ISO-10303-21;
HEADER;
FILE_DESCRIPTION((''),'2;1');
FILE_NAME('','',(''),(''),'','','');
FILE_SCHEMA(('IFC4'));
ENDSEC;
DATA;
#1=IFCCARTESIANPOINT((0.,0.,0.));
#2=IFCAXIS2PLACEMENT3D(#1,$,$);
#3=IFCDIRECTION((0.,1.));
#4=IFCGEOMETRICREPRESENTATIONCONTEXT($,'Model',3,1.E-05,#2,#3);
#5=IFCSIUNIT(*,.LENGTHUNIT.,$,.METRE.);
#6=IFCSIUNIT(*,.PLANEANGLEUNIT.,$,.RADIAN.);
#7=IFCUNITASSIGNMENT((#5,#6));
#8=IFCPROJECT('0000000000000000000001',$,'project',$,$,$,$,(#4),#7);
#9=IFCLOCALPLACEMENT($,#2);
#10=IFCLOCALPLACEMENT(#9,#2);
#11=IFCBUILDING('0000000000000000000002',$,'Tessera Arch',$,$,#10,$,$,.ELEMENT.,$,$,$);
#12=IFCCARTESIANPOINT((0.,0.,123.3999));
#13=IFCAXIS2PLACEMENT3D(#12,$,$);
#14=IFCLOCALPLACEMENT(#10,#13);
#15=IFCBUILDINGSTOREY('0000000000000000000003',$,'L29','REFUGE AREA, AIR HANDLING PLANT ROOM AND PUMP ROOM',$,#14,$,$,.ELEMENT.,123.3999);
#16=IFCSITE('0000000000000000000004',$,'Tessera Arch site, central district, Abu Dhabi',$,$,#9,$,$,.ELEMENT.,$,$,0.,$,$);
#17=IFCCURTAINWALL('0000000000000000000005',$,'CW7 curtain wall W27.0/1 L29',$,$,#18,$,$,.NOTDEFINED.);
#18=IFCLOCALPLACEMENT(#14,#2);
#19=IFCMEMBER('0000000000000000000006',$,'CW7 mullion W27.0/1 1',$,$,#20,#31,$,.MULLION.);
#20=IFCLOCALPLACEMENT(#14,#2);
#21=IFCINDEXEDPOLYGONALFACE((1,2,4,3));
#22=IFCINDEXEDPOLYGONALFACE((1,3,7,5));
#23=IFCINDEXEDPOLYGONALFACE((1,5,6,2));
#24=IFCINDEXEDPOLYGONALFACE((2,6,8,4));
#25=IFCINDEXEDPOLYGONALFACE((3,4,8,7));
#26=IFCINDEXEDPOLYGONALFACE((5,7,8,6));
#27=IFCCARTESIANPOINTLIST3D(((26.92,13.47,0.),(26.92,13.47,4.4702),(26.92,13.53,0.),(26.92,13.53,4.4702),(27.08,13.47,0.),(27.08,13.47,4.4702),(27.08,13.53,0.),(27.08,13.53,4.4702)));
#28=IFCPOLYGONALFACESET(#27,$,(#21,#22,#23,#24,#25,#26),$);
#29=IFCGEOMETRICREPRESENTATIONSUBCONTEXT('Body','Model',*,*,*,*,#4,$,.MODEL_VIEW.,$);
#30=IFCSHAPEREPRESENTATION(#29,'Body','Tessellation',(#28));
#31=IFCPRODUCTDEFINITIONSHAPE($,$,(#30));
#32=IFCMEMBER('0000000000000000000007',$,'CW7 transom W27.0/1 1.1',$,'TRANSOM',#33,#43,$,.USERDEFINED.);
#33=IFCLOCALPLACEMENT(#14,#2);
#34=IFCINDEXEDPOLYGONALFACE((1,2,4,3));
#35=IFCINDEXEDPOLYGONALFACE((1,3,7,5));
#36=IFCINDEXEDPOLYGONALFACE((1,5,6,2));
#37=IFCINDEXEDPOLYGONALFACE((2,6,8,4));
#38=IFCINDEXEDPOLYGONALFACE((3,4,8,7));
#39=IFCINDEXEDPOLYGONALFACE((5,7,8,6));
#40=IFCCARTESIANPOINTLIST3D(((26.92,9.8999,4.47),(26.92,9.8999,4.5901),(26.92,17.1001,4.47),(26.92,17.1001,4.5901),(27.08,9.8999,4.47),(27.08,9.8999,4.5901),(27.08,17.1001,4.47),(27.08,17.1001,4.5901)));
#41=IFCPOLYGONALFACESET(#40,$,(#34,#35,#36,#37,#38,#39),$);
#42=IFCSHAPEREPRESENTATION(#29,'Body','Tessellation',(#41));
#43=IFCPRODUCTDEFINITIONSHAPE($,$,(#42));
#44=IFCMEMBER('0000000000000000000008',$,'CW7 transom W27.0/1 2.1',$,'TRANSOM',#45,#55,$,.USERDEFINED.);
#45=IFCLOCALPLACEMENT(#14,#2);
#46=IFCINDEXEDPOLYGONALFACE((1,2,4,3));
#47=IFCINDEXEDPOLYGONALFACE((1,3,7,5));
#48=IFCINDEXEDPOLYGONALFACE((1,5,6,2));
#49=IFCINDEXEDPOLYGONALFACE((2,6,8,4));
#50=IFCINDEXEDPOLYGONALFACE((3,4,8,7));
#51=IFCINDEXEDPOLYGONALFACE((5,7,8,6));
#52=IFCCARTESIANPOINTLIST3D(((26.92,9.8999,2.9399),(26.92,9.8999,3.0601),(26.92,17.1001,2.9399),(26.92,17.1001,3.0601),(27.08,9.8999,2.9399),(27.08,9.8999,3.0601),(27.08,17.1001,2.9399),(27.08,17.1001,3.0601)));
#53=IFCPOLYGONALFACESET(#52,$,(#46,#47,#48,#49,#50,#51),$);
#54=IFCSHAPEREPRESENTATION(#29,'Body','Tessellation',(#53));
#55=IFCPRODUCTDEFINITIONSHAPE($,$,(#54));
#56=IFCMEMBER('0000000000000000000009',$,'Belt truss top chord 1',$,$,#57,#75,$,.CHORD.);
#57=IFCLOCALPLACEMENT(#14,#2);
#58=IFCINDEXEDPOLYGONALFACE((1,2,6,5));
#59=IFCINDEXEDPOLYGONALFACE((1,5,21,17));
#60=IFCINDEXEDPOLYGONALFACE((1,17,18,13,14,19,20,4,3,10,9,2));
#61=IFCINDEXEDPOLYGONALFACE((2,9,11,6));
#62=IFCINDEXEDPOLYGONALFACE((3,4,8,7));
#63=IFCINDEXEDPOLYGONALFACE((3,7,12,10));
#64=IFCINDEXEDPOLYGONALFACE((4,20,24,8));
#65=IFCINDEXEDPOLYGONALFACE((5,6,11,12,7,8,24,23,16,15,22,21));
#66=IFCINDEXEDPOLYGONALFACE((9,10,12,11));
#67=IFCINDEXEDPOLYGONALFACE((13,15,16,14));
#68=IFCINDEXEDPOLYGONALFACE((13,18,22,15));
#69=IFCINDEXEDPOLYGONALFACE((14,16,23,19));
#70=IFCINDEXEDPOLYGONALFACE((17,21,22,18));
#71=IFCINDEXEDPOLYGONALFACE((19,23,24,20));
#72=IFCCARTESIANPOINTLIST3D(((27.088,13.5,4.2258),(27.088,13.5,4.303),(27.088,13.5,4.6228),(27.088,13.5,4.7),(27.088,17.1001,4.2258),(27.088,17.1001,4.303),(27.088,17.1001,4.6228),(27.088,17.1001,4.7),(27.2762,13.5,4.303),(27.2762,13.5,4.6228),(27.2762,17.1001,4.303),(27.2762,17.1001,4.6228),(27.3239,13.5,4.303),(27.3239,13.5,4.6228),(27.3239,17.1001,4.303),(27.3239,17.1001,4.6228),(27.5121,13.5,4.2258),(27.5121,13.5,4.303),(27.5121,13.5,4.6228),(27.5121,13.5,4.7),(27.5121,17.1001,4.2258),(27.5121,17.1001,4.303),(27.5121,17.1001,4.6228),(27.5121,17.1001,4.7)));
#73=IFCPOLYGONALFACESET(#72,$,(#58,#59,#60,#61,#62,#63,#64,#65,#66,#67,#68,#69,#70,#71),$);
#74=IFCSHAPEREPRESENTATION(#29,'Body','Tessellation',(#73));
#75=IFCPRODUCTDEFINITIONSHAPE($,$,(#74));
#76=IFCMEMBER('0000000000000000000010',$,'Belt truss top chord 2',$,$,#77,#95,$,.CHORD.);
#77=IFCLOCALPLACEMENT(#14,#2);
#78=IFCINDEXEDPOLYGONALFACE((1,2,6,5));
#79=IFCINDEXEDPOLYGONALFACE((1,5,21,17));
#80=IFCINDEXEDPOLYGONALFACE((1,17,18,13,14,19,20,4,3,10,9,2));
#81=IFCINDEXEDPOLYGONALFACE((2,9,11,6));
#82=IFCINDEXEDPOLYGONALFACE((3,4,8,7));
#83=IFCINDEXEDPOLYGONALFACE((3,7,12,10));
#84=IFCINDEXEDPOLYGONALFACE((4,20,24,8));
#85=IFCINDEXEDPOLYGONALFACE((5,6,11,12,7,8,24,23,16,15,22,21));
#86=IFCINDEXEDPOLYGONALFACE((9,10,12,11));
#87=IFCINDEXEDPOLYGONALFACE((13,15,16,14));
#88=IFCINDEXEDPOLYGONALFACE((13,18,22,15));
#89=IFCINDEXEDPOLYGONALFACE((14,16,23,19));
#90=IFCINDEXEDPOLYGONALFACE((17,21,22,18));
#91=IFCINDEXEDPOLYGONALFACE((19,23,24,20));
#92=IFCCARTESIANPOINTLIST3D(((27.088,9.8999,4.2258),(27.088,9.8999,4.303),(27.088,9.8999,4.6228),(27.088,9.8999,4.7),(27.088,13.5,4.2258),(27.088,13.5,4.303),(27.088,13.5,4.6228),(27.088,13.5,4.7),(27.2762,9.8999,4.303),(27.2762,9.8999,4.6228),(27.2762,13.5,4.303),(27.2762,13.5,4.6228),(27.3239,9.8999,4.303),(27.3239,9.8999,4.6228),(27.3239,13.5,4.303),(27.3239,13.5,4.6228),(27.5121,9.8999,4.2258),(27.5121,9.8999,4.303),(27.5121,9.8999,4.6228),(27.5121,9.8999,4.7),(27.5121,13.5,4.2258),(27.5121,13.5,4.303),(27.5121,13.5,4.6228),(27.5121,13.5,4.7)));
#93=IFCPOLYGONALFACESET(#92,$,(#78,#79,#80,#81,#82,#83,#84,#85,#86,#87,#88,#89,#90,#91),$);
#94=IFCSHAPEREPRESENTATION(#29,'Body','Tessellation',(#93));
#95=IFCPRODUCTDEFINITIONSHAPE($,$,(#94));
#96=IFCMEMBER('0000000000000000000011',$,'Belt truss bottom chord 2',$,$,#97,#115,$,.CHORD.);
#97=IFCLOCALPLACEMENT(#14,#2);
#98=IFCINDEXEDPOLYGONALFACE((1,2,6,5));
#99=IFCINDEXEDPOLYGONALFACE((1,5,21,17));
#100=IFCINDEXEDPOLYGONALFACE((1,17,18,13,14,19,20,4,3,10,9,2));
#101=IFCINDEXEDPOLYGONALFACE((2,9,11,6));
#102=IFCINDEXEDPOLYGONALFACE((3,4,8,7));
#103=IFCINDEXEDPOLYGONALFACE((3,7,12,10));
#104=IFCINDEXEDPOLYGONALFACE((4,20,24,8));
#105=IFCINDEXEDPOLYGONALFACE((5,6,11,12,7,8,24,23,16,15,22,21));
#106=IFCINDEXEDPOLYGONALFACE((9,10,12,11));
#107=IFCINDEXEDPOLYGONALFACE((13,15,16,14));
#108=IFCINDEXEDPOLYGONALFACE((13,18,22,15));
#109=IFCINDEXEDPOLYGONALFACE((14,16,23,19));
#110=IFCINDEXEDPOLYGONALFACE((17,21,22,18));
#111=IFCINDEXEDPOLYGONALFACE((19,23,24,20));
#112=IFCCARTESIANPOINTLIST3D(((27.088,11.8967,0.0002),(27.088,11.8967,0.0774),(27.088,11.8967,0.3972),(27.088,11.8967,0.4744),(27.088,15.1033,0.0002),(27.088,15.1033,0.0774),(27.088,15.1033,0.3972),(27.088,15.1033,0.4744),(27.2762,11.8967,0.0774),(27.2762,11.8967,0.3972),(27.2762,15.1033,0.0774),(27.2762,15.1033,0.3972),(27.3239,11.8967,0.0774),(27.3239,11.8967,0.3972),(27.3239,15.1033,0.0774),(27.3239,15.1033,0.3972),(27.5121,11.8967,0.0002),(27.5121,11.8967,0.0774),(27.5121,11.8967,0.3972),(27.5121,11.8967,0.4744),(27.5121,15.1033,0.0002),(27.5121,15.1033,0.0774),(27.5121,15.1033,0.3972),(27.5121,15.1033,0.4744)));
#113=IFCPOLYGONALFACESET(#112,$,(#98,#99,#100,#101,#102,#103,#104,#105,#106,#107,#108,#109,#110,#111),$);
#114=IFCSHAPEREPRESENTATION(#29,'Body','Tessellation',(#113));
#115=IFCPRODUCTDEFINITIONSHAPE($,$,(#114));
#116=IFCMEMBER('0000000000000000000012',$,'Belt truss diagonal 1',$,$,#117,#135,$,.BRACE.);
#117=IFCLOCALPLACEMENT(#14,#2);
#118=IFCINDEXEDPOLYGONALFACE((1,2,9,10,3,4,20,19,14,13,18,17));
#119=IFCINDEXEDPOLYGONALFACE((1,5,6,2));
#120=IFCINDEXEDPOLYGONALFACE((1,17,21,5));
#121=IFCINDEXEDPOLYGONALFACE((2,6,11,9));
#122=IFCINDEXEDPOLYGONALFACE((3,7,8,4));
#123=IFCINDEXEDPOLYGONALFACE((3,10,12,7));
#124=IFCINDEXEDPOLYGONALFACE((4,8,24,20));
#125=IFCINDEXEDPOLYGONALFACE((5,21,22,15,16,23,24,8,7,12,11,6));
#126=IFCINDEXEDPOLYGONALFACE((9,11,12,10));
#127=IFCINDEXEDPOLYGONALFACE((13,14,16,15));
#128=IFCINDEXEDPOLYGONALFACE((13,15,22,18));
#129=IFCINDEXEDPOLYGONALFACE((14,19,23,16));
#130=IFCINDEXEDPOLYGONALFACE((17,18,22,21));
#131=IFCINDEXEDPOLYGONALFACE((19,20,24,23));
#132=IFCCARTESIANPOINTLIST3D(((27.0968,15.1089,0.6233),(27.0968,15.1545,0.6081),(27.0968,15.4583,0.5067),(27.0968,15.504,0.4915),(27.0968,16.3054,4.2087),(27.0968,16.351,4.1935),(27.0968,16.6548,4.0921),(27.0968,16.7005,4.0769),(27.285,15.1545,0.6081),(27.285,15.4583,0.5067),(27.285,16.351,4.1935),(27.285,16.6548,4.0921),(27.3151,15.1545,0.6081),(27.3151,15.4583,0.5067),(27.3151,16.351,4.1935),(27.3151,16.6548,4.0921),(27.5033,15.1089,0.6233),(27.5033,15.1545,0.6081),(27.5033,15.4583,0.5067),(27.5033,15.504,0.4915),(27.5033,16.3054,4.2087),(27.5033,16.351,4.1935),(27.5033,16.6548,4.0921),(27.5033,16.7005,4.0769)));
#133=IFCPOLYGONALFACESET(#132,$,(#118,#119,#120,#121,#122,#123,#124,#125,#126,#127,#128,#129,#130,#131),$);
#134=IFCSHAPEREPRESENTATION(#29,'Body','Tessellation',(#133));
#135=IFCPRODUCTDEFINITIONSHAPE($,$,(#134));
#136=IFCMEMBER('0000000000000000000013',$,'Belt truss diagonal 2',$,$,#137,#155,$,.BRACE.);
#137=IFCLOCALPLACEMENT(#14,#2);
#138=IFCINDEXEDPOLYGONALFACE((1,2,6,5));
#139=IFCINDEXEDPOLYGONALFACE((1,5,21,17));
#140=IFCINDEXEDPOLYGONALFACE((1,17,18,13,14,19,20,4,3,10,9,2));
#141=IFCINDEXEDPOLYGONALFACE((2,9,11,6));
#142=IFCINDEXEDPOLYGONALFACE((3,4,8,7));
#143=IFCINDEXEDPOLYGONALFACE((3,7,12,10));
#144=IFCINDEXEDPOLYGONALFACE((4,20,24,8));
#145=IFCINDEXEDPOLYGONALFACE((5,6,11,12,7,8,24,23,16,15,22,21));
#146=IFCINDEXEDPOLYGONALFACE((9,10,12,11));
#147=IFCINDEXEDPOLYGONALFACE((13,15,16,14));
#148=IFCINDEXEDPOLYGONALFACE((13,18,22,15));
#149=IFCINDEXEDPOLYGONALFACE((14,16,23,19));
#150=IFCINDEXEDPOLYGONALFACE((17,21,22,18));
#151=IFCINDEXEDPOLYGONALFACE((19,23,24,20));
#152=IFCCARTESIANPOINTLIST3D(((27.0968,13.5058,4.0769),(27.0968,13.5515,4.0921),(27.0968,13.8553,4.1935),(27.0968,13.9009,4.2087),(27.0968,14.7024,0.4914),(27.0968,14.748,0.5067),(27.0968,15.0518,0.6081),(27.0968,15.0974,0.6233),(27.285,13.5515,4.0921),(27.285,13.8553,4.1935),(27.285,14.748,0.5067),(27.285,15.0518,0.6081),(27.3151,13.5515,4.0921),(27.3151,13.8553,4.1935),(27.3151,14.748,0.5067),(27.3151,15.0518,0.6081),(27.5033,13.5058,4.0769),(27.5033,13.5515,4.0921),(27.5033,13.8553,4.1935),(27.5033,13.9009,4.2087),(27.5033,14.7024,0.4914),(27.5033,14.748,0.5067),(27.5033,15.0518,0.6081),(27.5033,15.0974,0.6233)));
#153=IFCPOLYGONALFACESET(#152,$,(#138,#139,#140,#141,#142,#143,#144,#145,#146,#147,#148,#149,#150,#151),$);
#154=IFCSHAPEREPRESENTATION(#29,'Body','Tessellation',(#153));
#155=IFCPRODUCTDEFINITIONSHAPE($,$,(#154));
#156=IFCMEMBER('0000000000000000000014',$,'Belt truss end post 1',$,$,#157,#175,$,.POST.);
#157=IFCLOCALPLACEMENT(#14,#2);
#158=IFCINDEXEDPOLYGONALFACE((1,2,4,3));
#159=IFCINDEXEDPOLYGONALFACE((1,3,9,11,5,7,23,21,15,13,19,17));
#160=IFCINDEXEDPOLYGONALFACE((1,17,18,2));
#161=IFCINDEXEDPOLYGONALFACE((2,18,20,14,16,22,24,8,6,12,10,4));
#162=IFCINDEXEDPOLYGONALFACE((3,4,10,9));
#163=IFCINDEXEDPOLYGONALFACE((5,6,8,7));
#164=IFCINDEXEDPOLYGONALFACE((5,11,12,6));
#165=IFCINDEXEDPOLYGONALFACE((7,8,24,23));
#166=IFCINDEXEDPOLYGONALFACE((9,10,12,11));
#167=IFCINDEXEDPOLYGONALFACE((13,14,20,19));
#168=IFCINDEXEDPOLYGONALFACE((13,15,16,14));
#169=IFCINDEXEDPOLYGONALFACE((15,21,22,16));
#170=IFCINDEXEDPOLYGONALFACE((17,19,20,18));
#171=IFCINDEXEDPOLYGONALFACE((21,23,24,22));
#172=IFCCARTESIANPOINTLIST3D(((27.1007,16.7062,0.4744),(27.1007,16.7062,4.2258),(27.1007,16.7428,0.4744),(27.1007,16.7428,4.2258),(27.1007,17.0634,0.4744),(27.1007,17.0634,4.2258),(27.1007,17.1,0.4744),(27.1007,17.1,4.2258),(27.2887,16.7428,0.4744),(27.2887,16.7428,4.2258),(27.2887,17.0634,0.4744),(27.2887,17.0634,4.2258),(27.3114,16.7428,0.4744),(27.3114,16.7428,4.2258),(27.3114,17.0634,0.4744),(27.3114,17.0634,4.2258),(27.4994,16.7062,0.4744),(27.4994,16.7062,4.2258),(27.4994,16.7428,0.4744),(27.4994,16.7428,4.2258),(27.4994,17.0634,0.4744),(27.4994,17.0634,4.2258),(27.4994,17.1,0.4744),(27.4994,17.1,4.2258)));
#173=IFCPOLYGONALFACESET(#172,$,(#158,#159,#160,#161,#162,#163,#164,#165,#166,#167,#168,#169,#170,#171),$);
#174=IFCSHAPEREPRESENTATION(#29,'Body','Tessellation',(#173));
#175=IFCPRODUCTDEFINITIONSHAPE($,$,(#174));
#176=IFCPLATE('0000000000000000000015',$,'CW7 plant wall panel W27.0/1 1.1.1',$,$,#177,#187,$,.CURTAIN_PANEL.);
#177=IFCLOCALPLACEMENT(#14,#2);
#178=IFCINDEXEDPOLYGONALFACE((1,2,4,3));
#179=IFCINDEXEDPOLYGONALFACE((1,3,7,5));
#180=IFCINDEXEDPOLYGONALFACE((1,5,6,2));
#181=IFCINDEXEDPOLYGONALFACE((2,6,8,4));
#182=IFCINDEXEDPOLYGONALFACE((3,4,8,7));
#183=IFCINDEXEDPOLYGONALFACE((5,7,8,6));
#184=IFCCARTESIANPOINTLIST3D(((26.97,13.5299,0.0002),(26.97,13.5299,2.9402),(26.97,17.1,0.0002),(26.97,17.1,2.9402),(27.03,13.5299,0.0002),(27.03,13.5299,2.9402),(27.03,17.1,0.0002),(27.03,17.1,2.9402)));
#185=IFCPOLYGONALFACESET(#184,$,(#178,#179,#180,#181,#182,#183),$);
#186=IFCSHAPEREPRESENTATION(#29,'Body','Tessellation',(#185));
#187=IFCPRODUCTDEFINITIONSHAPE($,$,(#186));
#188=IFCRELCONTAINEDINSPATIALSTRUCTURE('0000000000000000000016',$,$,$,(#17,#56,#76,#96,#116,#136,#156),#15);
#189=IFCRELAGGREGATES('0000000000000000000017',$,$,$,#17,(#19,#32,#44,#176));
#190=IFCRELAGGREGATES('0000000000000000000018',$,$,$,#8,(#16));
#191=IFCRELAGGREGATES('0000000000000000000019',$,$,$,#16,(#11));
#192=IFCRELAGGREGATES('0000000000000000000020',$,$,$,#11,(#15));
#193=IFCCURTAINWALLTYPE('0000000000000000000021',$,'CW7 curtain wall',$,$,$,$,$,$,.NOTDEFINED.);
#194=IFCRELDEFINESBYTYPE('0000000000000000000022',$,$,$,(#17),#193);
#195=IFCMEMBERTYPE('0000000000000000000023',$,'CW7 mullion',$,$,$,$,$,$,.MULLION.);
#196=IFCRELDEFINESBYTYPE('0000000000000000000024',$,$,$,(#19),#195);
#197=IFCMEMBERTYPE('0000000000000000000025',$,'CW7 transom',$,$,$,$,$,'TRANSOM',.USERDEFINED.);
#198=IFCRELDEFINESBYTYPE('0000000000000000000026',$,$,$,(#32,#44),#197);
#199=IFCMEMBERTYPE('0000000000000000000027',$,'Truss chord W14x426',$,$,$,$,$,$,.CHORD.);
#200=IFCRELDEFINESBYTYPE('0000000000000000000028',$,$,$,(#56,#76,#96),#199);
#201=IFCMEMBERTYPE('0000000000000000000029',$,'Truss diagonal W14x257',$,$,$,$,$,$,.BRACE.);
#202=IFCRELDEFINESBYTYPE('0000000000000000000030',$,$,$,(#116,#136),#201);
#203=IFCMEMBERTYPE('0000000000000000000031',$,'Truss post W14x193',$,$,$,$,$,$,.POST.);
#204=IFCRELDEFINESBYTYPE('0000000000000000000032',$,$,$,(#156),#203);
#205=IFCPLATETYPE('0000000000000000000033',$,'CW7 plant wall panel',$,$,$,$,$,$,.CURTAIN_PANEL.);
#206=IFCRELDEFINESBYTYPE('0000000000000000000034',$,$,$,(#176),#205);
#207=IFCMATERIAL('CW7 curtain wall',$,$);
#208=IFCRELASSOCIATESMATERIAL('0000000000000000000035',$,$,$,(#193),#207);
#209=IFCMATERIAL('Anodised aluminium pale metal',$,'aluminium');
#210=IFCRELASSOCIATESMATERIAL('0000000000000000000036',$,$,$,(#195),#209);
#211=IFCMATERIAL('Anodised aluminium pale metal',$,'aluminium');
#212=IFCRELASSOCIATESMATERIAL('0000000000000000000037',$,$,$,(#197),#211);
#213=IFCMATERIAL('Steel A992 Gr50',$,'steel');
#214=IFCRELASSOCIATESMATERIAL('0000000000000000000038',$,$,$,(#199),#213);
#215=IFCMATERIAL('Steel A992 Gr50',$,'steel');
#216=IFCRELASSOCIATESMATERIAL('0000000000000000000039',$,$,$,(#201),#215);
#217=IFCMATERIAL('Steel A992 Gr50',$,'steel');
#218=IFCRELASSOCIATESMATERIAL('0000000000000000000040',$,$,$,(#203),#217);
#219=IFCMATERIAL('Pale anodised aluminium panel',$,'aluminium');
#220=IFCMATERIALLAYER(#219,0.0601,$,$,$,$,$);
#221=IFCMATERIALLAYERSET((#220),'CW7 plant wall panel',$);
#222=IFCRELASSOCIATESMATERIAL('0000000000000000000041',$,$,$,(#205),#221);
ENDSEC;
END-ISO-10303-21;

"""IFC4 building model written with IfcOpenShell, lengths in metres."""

from ifc_helpers import new_model, si_unit, direction, frame, origin, origin_2d, place, context, subcontext, project, spatial, rectangle, i_section, extrude, material, layer, layer_set, material_profile, profile_set, type_object, element, aggregate, save


model = new_model("IFC4")

# Units and contexts
model_context = context("Model", 3, precision=1e-05, world=origin(), true_north=direction((0.0, 1.0)))
body_context = subcontext(model_context, "Body", "Model", "MODEL_VIEW")
ifc_project = project(units=[si_unit("LENGTHUNIT", "METRE"), si_unit("PLANEANGLEUNIT", "RADIAN")], contexts=[model_context])

# Site, building, storey
site_placement = place(None, origin())
site = spatial("IfcSite", under=ifc_project, at=site_placement, Name="Tessera Arch site, central district, Abu Dhabi", CompositionType="ELEMENT", RefElevation=0.0)
building_placement = place(site_placement, origin())
building = spatial("IfcBuilding", under=site, at=building_placement, Name="Tessera Arch", CompositionType="ELEMENT")
storey_placement = place(building_placement, frame((0.0, 0.0, 123.3999)))
storey = spatial("IfcBuildingStorey", under=building, at=storey_placement, Name="L29", Description="REFUGE AREA, AIR HANDLING PLANT ROOM AND PUMP ROOM", CompositionType="ELEMENT", Elevation=123.3999)

# Curtain wall, members
ifc_material_1 = material(Name="CW7 curtain wall")
curtain_wall_type = type_object("IfcCurtainWallType", Name="CW7 curtain wall", PredefinedType="NOTDEFINED", material=ifc_material_1)
curtain_wall_placement = place(storey_placement, origin())
curtain_wall = element("IfcCurtainWall", 1, at=curtain_wall_placement, inside=storey, type_object=curtain_wall_type, Name="CW7 curtain wall W27.0/1 L29", PredefinedType="NOTDEFINED")
ifc_material_2 = material(Name="Anodised aluminium pale metal", Category="aluminium")
ifc_material_profile_1 = material_profile(ifc_material_2, rectangle(XDim=0.1599, YDim=0.0601, at=origin_2d()), Name="AL 60x160")
ifc_profile_set_1 = profile_set([ifc_material_profile_1], Name="Anodised aluminium pale metal")
member_type_1 = type_object("IfcMemberType", Name="CW7 mullion", PredefinedType="MULLION", material=ifc_profile_set_1)
member_1_placement = place(storey_placement, frame((27.0, 13.5, 0.0), z_axis=(0.0, 0.0, 1.0), x_axis=(1.0, 0.0, 0.0)))
member_1 = element("IfcMember", 2, at=member_1_placement, type_object=member_type_1, Name="CW7 mullion W27.0/1 1", PredefinedType="MULLION", context=body_context, shape_type="SweptSolid", body=[
    extrude(rectangle(XDim=0.1599, YDim=0.0601, at=origin_2d()), origin(), (0.0, 0.0, 1.0), 4.4702),
])
ifc_material_3 = material(Name="Anodised aluminium pale metal", Category="aluminium")
ifc_material_profile_2 = material_profile(ifc_material_3, rectangle(XDim=0.1599, YDim=0.1201, at=origin_2d()), Name="AL 160x120")
ifc_profile_set_2 = profile_set([ifc_material_profile_2], Name="Anodised aluminium pale metal")
member_type_2 = type_object("IfcMemberType", Name="CW7 transom", ElementType="TRANSOM", PredefinedType="USERDEFINED", material=ifc_profile_set_2)
member_2_placement = place(storey_placement, frame((27.0, 17.1001, 4.53), z_axis=(0.0, -1.0, 0.0), x_axis=(1.0, 0.0, 0.0)))
member_2 = element("IfcMember", 3, at=member_2_placement, type_object=member_type_2, Name="CW7 transom W27.0/1 1.1", ObjectType="TRANSOM", PredefinedType="USERDEFINED", context=body_context, shape_type="SweptSolid", body=[
    extrude(rectangle(XDim=0.1599, YDim=0.1201, at=origin_2d()), origin(), (0.0, 0.0, 1.0), 7.2002),
])
member_3_placement = place(storey_placement, frame((27.0, 17.1001, 3.0), z_axis=(0.0, -1.0, 0.0), x_axis=(1.0, 0.0, 0.0)))
member_3 = element("IfcMember", 4, at=member_3_placement, type_object=member_type_2, Name="CW7 transom W27.0/1 2.1", ObjectType="TRANSOM", PredefinedType="USERDEFINED", context=body_context, shape_type="SweptSolid", body=[
    extrude(rectangle(XDim=0.1599, YDim=0.1201, at=origin_2d()), origin(), (0.0, 0.0, 1.0), 7.2002),
])

# Members
ifc_material_4 = material(Name="Steel A992 Gr50", Category="steel")
ifc_material_profile_3 = material_profile(ifc_material_4, i_section(OverallWidth=0.4241, OverallDepth=0.4741, WebThickness=0.0476, FlangeThickness=0.0771, at=origin_2d()), Name="W14x426")
ifc_profile_set_3 = profile_set([ifc_material_profile_3], Name="Steel A992 Gr50")
member_type_3 = type_object("IfcMemberType", Name="Truss chord W14x426", PredefinedType="CHORD", material=ifc_profile_set_3)
for number, where, z_axis, x_axis, name in (
    (5, (27.3, 17.1001, 4.4629), (0.0, -1.0, 0.0), (1.0, 0.0, 0.0), "Belt truss top chord 1"),
    (6, (27.3, 13.5, 4.4629), (0.0, -1.0, 0.0), (1.0, 0.0, 0.0), "Belt truss top chord 2"),
):
    element("IfcMember", number, at=place(storey_placement, frame(where, z_axis=z_axis, x_axis=x_axis)), inside=storey, type_object=member_type_3, Name=name, PredefinedType="CHORD", context=body_context, shape_type="SweptSolid", body=[
        extrude(i_section(OverallWidth=0.4241, OverallDepth=0.4741, WebThickness=0.0476, FlangeThickness=0.0771, at=origin_2d()), origin(), (0.0, 0.0, 1.0), 3.6001),
    ])
member_4_placement = place(storey_placement, frame((27.3, 15.1033, 0.2373), z_axis=(0.0, -1.0, 0.0), x_axis=(1.0, 0.0, 0.0)))
element("IfcMember", 7, at=member_4_placement, inside=storey, type_object=member_type_3, Name="Belt truss bottom chord 2", PredefinedType="CHORD", context=body_context, shape_type="SweptSolid", body=[
    extrude(i_section(OverallWidth=0.4241, OverallDepth=0.4741, WebThickness=0.0476, FlangeThickness=0.0771, at=origin_2d()), origin(), (0.0, 0.0, 1.0), 3.2065),
])
ifc_material_5 = material(Name="Steel A992 Gr50", Category="steel")
ifc_material_profile_4 = material_profile(ifc_material_5, i_section(OverallWidth=0.4065, OverallDepth=0.4165, WebThickness=0.03, FlangeThickness=0.0481, at=origin_2d()), Name="W14x257")
ifc_profile_set_4 = profile_set([ifc_material_profile_4], Name="Steel A992 Gr50")
member_type_4 = type_object("IfcMemberType", Name="Truss diagonal W14x257", PredefinedType="BRACE", material=ifc_profile_set_4)
for number, where, z_axis, x_axis, name in (
    (8, (27.3, 16.5029, 4.1428), (0.0, -0.316557, -0.948573), (1.0, 0.0, 0.0), "Belt truss diagonal 1"),
    (9, (27.3, 14.8999, 0.5574), (0.0, -0.316557, 0.948573), (1.0, 0.0, 0.0), "Belt truss diagonal 2"),
):
    element("IfcMember", number, at=place(storey_placement, frame(where, z_axis=z_axis, x_axis=x_axis)), inside=storey, type_object=member_type_4, Name=name, PredefinedType="BRACE", context=body_context, shape_type="SweptSolid", body=[
        extrude(i_section(OverallWidth=0.4065, OverallDepth=0.4165, WebThickness=0.03, FlangeThickness=0.0481, at=origin_2d()), origin(), (0.0, 0.0, 1.0), 3.7798),
    ])
ifc_material_6 = material(Name="Steel A992 Gr50", Category="steel")
ifc_material_profile_5 = material_profile(ifc_material_6, i_section(OverallWidth=0.3987, OverallDepth=0.3938, WebThickness=0.0227, FlangeThickness=0.0366, at=origin_2d()), Name="W14x193")
ifc_profile_set_5 = profile_set([ifc_material_profile_5], Name="Steel A992 Gr50")
member_type_5 = type_object("IfcMemberType", Name="Truss post W14x193", PredefinedType="POST", material=ifc_profile_set_5)
member_5_placement = place(storey_placement, frame((27.3, 16.9031, 0.4744), z_axis=(0.0, 0.0, 1.0), x_axis=(1.0, 0.0, 0.0)))
element("IfcMember", 10, at=member_5_placement, inside=storey, type_object=member_type_5, Name="Belt truss end post 1", PredefinedType="POST", context=body_context, shape_type="SweptSolid", body=[
    extrude(i_section(OverallWidth=0.3987, OverallDepth=0.3938, WebThickness=0.0227, FlangeThickness=0.0366, at=origin_2d()), origin(), (0.0, 0.0, 1.0), 3.7515),
])

# Plate
ifc_material_7 = material(Name="Pale anodised aluminium panel", Category="aluminium")
ifc_layer_1 = layer(ifc_material_7, 0.0601)
ifc_layer_set_1 = layer_set([ifc_layer_1], Name="CW7 plant wall panel")
plate_type_1 = type_object("IfcPlateType", Name="CW7 plant wall panel", PredefinedType="CURTAIN_PANEL", material=ifc_layer_set_1)
plate_1_placement = place(storey_placement, frame((27.0, 15.3149, 0.0002), z_axis=(0.0, 0.0, 1.0), x_axis=(0.0, -1.0, 0.0)))
plate_1 = element("IfcPlate", 11, at=plate_1_placement, type_object=plate_type_1, Name="CW7 plant wall panel W27.0/1 1.1.1", PredefinedType="CURTAIN_PANEL", context=body_context, shape_type="SweptSolid", body=[
    extrude(rectangle(XDim=3.5701, YDim=0.0601, at=origin_2d()), origin(), (0.0, 0.0, 1.0), 2.9399),
])
aggregate(curtain_wall, [member_1, member_2, member_3, plate_1])

save(model, "model.ifc")
